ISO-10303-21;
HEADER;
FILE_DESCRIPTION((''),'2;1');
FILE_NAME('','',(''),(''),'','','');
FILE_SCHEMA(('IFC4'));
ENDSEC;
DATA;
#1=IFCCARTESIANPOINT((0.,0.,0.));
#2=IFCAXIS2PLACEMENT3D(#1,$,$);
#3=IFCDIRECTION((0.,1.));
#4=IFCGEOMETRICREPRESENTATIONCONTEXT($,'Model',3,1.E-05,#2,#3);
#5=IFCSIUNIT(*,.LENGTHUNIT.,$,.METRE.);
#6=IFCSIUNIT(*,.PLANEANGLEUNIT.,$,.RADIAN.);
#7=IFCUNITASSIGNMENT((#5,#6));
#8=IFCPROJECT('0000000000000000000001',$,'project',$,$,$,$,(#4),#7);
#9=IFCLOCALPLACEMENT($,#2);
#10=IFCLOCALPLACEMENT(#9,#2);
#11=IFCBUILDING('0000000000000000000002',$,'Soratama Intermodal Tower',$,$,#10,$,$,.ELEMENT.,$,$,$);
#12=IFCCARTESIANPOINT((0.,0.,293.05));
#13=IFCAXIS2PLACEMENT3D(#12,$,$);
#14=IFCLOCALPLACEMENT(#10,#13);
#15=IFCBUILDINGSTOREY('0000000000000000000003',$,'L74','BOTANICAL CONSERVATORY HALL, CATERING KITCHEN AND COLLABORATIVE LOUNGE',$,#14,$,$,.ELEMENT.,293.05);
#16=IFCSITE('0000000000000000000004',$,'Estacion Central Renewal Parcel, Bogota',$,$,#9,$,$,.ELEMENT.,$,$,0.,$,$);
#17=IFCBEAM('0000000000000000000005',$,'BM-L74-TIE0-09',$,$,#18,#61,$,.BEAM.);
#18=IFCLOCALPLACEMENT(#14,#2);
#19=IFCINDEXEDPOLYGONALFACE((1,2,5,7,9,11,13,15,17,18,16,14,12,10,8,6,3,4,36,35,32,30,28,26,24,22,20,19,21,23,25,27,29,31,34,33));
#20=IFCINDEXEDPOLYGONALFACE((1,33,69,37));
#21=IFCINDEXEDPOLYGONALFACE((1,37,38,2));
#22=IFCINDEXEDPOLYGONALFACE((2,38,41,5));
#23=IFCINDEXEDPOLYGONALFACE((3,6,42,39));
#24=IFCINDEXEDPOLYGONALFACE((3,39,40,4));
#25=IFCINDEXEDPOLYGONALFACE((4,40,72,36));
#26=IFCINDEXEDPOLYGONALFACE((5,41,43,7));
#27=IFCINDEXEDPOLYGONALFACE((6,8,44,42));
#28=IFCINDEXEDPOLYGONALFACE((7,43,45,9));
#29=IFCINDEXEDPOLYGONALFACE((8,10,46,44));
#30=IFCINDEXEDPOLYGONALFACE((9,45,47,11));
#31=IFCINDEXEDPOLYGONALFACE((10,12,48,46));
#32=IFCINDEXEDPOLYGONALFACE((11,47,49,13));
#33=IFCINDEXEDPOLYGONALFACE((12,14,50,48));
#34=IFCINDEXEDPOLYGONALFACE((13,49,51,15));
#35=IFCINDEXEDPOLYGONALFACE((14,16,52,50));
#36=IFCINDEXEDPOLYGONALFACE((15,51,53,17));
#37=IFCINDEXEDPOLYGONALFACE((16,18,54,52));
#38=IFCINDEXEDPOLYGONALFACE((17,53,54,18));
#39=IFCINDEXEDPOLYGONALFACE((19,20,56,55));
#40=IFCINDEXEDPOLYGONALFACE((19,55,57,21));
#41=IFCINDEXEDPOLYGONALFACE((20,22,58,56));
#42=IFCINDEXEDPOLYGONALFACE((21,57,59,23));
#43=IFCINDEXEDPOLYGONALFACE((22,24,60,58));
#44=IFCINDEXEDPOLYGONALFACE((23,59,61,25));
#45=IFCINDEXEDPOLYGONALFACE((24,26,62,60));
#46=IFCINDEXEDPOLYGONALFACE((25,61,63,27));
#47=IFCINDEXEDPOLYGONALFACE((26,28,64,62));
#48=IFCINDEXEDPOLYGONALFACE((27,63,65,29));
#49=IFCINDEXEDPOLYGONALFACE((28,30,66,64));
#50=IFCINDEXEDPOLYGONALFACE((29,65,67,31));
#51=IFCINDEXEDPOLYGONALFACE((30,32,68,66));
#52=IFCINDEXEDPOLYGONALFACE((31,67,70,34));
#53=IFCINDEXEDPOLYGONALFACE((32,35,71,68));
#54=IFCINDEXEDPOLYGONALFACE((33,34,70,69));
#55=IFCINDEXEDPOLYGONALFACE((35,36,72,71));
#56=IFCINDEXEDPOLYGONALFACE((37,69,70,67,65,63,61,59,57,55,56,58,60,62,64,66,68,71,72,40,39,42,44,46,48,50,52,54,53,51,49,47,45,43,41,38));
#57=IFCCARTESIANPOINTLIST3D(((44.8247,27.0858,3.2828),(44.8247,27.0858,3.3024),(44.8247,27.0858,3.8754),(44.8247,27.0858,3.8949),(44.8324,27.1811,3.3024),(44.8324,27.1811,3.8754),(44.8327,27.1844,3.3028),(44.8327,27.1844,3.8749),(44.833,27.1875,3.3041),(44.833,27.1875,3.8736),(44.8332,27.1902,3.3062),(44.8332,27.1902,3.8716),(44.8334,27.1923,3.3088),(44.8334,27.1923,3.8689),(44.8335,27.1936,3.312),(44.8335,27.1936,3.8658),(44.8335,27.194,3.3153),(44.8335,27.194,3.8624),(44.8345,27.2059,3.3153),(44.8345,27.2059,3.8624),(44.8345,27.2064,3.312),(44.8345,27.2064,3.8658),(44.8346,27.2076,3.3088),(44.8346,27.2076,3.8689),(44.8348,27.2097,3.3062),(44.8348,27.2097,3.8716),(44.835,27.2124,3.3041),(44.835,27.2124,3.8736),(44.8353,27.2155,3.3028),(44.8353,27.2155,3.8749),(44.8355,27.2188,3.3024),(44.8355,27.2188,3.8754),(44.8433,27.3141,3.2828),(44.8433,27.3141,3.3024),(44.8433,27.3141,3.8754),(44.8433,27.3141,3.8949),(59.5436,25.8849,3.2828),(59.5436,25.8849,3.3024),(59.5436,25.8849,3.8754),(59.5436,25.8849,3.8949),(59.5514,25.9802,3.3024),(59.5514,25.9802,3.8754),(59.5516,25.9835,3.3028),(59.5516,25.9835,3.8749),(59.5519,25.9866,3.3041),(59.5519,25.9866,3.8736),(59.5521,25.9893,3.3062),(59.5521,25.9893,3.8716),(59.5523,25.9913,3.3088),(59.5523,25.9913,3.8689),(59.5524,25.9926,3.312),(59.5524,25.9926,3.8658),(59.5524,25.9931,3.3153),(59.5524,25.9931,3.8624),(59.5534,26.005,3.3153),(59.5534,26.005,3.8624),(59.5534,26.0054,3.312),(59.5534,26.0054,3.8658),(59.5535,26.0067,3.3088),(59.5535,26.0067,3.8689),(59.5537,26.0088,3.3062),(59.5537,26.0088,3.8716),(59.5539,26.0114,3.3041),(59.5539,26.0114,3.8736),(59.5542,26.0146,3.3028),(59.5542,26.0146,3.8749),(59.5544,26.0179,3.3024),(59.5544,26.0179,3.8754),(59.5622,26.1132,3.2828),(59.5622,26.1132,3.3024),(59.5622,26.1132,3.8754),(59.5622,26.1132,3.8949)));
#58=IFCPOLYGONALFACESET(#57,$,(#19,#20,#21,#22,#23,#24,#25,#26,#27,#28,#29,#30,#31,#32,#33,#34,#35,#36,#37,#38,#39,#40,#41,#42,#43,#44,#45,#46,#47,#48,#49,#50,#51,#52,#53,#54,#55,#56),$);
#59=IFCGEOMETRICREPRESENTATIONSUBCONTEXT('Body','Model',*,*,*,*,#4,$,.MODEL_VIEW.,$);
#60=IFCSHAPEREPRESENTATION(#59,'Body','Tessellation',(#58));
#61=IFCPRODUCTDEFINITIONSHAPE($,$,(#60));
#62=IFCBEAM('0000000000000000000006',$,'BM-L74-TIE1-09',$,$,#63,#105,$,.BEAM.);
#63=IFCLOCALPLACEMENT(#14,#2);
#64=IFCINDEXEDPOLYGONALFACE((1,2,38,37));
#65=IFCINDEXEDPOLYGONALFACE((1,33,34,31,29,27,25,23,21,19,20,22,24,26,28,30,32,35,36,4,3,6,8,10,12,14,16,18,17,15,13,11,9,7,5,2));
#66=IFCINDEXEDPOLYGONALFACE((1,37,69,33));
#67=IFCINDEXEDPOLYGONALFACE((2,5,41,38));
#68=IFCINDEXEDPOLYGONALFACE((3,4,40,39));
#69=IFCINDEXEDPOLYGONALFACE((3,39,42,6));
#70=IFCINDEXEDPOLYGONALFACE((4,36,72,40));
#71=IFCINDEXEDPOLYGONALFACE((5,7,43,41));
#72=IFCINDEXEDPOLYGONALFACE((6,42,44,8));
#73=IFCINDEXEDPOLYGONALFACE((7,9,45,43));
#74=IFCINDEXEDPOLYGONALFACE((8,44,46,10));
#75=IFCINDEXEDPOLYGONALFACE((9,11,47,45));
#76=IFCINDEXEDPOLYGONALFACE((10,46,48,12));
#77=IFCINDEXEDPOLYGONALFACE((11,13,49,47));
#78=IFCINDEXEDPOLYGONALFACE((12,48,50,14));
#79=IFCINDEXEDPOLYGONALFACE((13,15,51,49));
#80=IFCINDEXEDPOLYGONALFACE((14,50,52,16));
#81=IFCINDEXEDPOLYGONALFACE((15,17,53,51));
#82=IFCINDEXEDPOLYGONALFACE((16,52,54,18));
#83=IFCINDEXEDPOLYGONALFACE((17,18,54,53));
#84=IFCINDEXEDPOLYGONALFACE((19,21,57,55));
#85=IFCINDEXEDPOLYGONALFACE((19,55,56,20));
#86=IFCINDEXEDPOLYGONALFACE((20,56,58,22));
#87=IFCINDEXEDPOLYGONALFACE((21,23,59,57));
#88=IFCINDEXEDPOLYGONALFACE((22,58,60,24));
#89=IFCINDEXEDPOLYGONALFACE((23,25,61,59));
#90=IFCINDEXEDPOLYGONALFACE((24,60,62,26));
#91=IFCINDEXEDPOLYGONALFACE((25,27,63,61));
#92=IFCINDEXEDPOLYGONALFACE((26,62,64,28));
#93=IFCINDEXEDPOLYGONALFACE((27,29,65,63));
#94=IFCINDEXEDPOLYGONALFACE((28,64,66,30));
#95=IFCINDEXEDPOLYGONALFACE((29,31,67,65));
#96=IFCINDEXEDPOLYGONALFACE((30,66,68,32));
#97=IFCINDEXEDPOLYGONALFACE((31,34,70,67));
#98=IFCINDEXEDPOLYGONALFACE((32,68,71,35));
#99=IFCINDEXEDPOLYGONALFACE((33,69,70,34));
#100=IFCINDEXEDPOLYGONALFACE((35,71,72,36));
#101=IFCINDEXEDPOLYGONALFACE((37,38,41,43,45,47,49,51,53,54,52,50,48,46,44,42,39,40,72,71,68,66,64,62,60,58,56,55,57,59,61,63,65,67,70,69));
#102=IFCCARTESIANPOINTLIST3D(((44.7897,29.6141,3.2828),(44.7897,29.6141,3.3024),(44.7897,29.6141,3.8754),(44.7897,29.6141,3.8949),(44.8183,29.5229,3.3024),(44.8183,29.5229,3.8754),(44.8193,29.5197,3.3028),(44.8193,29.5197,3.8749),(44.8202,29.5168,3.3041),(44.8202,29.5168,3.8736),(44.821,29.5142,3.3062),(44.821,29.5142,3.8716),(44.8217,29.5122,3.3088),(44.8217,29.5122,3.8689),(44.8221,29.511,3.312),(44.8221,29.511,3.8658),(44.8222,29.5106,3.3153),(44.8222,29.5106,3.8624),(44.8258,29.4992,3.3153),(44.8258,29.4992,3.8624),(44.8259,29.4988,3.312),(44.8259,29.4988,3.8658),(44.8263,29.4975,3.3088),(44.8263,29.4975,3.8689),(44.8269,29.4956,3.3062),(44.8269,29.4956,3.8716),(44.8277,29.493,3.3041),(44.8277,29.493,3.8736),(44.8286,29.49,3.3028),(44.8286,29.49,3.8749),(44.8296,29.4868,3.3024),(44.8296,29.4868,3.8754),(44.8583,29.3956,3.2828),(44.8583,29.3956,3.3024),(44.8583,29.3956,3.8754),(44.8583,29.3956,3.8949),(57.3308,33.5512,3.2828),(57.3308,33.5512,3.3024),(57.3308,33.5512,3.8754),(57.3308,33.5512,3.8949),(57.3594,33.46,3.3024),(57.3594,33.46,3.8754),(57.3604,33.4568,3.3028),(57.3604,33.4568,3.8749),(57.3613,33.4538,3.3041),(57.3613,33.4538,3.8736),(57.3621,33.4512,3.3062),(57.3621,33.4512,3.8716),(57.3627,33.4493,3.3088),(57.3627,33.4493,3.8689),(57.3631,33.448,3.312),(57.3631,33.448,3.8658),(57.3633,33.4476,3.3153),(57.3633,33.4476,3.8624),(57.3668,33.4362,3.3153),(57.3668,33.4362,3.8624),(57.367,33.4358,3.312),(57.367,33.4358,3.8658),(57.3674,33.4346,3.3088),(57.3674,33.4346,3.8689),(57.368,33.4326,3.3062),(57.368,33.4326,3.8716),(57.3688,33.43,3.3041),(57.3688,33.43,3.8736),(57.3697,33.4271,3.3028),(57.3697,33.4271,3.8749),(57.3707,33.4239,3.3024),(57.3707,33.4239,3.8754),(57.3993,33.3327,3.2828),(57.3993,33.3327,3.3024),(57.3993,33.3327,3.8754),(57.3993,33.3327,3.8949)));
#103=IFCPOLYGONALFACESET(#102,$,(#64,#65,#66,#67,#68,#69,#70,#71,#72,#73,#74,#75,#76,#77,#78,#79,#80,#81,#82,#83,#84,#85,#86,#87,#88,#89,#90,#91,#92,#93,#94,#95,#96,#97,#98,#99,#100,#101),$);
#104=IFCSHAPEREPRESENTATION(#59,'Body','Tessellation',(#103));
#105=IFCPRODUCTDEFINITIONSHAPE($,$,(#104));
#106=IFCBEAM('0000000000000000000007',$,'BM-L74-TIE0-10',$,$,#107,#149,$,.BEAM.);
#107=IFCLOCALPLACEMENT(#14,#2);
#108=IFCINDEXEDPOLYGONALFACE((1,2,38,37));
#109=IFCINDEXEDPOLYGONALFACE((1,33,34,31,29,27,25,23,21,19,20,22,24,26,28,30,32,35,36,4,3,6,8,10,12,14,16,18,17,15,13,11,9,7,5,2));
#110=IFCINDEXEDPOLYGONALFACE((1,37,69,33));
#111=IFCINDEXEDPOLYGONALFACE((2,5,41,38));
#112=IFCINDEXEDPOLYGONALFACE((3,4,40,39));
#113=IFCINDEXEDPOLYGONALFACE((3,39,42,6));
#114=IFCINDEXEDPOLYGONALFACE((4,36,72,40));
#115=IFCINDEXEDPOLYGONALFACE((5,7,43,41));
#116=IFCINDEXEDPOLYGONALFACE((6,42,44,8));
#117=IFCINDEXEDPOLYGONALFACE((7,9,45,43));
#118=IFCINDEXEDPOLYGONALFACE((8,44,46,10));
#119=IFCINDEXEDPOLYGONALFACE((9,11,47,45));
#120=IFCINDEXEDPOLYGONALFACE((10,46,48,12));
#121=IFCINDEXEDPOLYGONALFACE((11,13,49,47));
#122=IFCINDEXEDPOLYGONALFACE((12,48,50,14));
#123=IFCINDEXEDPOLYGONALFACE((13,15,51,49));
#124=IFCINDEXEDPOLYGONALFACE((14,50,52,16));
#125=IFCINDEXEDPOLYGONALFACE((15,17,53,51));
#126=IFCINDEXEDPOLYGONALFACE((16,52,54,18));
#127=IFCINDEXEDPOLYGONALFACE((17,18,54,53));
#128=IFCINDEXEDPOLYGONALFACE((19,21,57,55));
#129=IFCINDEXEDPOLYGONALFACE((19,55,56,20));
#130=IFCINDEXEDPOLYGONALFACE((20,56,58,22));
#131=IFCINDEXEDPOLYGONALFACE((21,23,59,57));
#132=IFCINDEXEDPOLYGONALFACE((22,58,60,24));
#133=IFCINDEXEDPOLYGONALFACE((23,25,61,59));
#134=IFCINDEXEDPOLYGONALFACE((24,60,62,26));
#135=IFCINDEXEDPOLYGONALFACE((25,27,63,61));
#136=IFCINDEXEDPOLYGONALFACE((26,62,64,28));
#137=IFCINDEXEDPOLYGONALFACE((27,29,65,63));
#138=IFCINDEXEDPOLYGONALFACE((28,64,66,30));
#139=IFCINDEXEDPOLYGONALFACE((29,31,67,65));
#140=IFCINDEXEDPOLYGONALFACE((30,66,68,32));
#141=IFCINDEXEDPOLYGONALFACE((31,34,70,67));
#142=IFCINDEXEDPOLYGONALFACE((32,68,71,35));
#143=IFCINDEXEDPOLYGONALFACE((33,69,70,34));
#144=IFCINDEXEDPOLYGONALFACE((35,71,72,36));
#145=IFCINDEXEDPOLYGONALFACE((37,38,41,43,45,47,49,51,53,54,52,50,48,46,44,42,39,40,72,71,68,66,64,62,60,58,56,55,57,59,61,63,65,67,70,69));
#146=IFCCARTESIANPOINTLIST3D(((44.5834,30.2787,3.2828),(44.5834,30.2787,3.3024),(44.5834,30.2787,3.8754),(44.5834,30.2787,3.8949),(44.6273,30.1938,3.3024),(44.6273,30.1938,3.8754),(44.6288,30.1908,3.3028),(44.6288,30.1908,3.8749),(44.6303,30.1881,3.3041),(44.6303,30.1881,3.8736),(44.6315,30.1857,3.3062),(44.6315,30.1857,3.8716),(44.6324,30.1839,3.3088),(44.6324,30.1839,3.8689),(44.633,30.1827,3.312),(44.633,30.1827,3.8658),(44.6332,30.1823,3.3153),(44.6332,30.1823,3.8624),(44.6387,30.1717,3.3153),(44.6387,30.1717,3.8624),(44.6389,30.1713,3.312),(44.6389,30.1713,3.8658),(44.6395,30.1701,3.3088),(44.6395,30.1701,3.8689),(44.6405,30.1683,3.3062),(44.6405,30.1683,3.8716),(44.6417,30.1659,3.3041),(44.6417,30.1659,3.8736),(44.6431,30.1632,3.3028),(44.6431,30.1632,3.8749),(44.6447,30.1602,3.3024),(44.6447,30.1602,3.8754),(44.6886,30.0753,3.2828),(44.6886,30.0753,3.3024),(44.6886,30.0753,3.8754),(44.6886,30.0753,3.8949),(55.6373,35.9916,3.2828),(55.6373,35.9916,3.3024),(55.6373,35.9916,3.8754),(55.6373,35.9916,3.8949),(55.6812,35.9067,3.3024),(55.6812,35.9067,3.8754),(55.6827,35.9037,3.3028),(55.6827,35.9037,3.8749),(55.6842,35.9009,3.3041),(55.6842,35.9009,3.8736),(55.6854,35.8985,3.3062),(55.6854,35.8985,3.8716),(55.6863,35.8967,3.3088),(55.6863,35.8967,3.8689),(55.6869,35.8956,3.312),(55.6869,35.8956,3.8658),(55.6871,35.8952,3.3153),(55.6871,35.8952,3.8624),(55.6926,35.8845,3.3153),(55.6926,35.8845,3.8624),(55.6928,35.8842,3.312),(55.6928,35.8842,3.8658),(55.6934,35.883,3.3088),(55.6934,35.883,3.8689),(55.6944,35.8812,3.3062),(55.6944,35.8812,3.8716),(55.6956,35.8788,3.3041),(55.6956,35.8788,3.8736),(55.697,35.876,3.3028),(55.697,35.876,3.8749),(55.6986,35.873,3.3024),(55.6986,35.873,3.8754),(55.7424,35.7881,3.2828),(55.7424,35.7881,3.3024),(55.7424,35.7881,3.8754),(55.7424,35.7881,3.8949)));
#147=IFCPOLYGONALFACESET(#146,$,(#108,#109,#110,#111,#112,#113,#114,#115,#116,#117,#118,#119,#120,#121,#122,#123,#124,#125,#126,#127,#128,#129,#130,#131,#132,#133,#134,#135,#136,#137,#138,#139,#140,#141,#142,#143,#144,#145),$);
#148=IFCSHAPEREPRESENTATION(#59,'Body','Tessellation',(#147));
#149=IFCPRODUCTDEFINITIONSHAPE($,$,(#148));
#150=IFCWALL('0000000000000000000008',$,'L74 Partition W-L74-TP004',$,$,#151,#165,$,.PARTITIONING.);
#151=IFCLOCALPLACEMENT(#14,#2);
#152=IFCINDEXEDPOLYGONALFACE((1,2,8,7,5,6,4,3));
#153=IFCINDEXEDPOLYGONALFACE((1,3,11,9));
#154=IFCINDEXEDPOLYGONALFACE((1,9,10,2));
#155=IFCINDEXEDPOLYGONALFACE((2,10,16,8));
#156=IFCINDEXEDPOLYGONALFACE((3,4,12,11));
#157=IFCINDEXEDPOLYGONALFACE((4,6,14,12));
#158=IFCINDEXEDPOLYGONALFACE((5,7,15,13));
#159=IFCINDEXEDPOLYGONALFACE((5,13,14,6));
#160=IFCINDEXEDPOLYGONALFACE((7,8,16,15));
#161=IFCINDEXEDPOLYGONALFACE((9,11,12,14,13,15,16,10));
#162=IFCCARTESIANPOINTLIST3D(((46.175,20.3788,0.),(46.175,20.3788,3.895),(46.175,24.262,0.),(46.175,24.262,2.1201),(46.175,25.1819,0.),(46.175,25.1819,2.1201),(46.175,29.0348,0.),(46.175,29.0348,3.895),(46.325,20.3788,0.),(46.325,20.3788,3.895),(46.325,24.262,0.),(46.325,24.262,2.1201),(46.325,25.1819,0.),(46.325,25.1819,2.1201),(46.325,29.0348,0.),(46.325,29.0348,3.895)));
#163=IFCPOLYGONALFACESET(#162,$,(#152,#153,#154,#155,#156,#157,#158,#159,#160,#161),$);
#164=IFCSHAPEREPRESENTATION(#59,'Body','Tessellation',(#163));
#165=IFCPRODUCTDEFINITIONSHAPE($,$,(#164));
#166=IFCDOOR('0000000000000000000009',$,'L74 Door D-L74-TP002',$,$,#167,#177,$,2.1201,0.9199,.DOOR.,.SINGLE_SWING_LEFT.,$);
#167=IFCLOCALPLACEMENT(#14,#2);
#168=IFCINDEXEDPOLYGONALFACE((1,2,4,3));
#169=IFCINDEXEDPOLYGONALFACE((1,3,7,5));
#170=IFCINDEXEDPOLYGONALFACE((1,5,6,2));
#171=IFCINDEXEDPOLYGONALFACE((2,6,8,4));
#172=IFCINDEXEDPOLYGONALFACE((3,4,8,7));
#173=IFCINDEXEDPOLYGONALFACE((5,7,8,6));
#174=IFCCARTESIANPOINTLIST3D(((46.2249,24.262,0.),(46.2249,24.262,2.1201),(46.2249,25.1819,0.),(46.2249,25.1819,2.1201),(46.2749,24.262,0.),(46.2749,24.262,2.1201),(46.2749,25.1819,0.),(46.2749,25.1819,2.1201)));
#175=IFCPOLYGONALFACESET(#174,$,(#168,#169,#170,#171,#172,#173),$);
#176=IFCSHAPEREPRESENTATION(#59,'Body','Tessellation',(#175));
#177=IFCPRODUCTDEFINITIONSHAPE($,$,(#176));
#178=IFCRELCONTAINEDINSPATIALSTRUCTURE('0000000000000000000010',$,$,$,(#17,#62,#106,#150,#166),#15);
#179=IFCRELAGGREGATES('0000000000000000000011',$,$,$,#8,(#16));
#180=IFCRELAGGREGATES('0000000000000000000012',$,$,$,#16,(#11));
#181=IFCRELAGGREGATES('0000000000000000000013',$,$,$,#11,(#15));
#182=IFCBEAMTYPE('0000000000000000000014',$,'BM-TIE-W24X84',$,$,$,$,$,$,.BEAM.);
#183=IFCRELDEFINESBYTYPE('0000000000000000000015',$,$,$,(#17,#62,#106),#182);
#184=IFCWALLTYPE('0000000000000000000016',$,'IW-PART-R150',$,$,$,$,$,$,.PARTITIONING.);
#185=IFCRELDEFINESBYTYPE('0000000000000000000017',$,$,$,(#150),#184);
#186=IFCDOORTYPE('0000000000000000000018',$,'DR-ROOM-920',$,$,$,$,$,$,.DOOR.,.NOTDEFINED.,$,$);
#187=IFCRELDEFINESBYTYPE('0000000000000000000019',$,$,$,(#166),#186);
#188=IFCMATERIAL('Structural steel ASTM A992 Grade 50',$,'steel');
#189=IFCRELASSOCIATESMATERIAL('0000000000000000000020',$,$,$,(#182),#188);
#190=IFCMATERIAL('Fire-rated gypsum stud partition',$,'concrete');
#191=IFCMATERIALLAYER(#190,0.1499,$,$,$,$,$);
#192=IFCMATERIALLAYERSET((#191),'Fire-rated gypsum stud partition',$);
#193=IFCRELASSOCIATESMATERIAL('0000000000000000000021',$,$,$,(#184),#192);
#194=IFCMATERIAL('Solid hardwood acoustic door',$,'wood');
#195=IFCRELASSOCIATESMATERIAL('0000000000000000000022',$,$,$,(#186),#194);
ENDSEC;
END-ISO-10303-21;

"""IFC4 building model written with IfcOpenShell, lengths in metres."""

from ifc_helpers import new_model, si_unit, direction, frame, frame_2d, origin, origin_2d, place, context, subcontext, project, spatial, rectangle, i_section, extrude, material, layer, layer_set, material_profile, profile_set, type_object, element, fill, save


model = new_model("IFC4")

# Units and contexts
model_context = context("Model", 3, precision=1e-05, world=origin(), true_north=direction((0.0, 1.0)))
body_context = subcontext(model_context, "Body", "Model", "MODEL_VIEW")
ifc_project = project(units=[si_unit("LENGTHUNIT", "METRE"), si_unit("PLANEANGLEUNIT", "RADIAN")], contexts=[model_context])

# Site, building, storey
site_placement = place(None, origin())
site = spatial("IfcSite", under=ifc_project, at=site_placement, Name="Estacion Central Renewal Parcel, Bogota", CompositionType="ELEMENT", RefElevation=0.0)
building_placement = place(site_placement, origin())
building = spatial("IfcBuilding", under=site, at=building_placement, Name="Soratama Intermodal Tower", CompositionType="ELEMENT")
storey_placement = place(building_placement, frame((0.0, 0.0, 293.05)))
storey = spatial("IfcBuildingStorey", under=building, at=storey_placement, Name="L74", Description="BOTANICAL CONSERVATORY HALL, CATERING KITCHEN AND COLLABORATIVE LOUNGE", CompositionType="ELEMENT", Elevation=293.05)

# Beams
ifc_material_1 = material(Name="Structural steel ASTM A992 Grade 50", Category="steel")
ifc_material_profile_1 = material_profile(ifc_material_1, i_section(OverallWidth=0.229, OverallDepth=0.6121, WebThickness=0.012, FlangeThickness=0.0195, FilletRadius=0.0129, at=origin_2d()), Name="W24X84")
ifc_profile_set_1 = profile_set([ifc_material_profile_1], Name="Structural steel ASTM A992 Grade 50")
beam_type_1 = type_object("IfcBeamType", Name="BM-TIE-W24X84", PredefinedType="BEAM", material=ifc_profile_set_1)
beam_1_placement = place(storey_placement, frame((44.834, 27.2, 3.5889), z_axis=(0.996688, -0.08132, 0.0), x_axis=(0.08132, 0.996688, 0.0)))
element("IfcBeam", 1, at=beam_1_placement, inside=storey, type_object=beam_type_1, Name="BM-L74-TIE0-09", PredefinedType="BEAM", context=body_context, shape_type="SweptSolid", body=[
    extrude(i_section(OverallWidth=0.229, OverallDepth=0.6121, WebThickness=0.012, FlangeThickness=0.0195, FilletRadius=0.0129, at=origin_2d()), origin(), (0.0, 0.0, 1.0), 14.7678),
])
beam_2_placement = place(storey_placement, frame((44.824, 29.5049, 3.5889), z_axis=(0.954091, 0.299518, 0.0), x_axis=(-0.299518, 0.954091, 0.0)))
element("IfcBeam", 2, at=beam_2_placement, inside=storey, type_object=beam_type_1, Name="BM-L74-TIE1-09", PredefinedType="BEAM", context=body_context, shape_type="SweptSolid", body=[
    extrude(i_section(OverallWidth=0.229, OverallDepth=0.6121, WebThickness=0.012, FlangeThickness=0.0195, FilletRadius=0.0129, at=origin_2d()), origin(), (0.0, 0.0, 1.0), 13.1445),
])
beam_3_placement = place(storey_placement, frame((44.636, 30.177, 3.5889), z_axis=(0.888371, 0.459127, 0.0), x_axis=(-0.459127, 0.888371, 0.0)))
element("IfcBeam", 3, at=beam_3_placement, inside=storey, type_object=beam_type_1, Name="BM-L74-TIE0-10", PredefinedType="BEAM", context=body_context, shape_type="SweptSolid", body=[
    extrude(i_section(OverallWidth=0.229, OverallDepth=0.6121, WebThickness=0.012, FlangeThickness=0.0195, FilletRadius=0.0129, at=origin_2d()), origin(), (0.0, 0.0, 1.0), 12.4429),
])

# Wall, opening, door
ifc_material_2 = material(Name="Fire-rated gypsum stud partition", Category="concrete")
ifc_layer_1 = layer(ifc_material_2, 0.1499)
ifc_layer_set_1 = layer_set([ifc_layer_1], Name="Fire-rated gypsum stud partition")
wall_type_1 = type_object("IfcWallType", Name="IW-PART-R150", PredefinedType="PARTITIONING", material=ifc_layer_set_1)
wall_1_placement = place(storey_placement, frame((46.25, 29.0349, 0.0), z_axis=(0.0, 0.0, 1.0), x_axis=(0.0, -1.0, 0.0)))
wall_1 = element("IfcWall", 4, at=wall_1_placement, inside=storey, type_object=wall_type_1, Name="L74 Partition W-L74-TP004", PredefinedType="PARTITIONING", context=body_context, shape_type="SweptSolid", body=[
    extrude(rectangle(XDim=8.656, YDim=0.1499, at=frame_2d((4.3281, 0.0))), origin(), (0.0, 0.0, 1.0), 3.895),
])
opening_1_placement = place(wall_1_placement, frame((3.853, 0.0, 0.0)))
opening_1 = element("IfcOpeningElement", 5, at=opening_1_placement, cuts=wall_1, PredefinedType="OPENING", context=body_context, shape_type="SweptSolid", body=[
    extrude(rectangle(XDim=0.9199, YDim=2.1201, at=frame_2d((0.46, 1.0601))), frame((0.0, 0.085, 0.0), z_axis=(0.0, -1.0, 0.0), x_axis=(1.0, 0.0, 0.0)), (0.0, 0.0, 1.0), 0.1699),
])
ifc_material_3 = material(Name="Solid hardwood acoustic door", Category="wood")
door_type_1 = type_object("IfcDoorType", Name="DR-ROOM-920", OperationType="NOTDEFINED", PredefinedType="DOOR", material=ifc_material_3)
door_1_placement = place(opening_1_placement, origin())
door_1 = element("IfcDoor", 6, at=door_1_placement, inside=storey, type_object=door_type_1, Name="L74 Door D-L74-TP002", OperationType="SINGLE_SWING_LEFT", OverallHeight=2.1201, OverallWidth=0.9199, PredefinedType="DOOR", context=body_context, shape_type="SweptSolid", body=[
    extrude(rectangle(XDim=0.9199, YDim=2.1201, at=frame_2d((0.46, 1.0601))), frame((0.0, 0.0249, 0.0), z_axis=(0.0, -1.0, 0.0), x_axis=(1.0, 0.0, 0.0)), (0.0, 0.0, 1.0), 0.05),
])
fill(opening_1, door_1)

save(model, "model.ifc")
